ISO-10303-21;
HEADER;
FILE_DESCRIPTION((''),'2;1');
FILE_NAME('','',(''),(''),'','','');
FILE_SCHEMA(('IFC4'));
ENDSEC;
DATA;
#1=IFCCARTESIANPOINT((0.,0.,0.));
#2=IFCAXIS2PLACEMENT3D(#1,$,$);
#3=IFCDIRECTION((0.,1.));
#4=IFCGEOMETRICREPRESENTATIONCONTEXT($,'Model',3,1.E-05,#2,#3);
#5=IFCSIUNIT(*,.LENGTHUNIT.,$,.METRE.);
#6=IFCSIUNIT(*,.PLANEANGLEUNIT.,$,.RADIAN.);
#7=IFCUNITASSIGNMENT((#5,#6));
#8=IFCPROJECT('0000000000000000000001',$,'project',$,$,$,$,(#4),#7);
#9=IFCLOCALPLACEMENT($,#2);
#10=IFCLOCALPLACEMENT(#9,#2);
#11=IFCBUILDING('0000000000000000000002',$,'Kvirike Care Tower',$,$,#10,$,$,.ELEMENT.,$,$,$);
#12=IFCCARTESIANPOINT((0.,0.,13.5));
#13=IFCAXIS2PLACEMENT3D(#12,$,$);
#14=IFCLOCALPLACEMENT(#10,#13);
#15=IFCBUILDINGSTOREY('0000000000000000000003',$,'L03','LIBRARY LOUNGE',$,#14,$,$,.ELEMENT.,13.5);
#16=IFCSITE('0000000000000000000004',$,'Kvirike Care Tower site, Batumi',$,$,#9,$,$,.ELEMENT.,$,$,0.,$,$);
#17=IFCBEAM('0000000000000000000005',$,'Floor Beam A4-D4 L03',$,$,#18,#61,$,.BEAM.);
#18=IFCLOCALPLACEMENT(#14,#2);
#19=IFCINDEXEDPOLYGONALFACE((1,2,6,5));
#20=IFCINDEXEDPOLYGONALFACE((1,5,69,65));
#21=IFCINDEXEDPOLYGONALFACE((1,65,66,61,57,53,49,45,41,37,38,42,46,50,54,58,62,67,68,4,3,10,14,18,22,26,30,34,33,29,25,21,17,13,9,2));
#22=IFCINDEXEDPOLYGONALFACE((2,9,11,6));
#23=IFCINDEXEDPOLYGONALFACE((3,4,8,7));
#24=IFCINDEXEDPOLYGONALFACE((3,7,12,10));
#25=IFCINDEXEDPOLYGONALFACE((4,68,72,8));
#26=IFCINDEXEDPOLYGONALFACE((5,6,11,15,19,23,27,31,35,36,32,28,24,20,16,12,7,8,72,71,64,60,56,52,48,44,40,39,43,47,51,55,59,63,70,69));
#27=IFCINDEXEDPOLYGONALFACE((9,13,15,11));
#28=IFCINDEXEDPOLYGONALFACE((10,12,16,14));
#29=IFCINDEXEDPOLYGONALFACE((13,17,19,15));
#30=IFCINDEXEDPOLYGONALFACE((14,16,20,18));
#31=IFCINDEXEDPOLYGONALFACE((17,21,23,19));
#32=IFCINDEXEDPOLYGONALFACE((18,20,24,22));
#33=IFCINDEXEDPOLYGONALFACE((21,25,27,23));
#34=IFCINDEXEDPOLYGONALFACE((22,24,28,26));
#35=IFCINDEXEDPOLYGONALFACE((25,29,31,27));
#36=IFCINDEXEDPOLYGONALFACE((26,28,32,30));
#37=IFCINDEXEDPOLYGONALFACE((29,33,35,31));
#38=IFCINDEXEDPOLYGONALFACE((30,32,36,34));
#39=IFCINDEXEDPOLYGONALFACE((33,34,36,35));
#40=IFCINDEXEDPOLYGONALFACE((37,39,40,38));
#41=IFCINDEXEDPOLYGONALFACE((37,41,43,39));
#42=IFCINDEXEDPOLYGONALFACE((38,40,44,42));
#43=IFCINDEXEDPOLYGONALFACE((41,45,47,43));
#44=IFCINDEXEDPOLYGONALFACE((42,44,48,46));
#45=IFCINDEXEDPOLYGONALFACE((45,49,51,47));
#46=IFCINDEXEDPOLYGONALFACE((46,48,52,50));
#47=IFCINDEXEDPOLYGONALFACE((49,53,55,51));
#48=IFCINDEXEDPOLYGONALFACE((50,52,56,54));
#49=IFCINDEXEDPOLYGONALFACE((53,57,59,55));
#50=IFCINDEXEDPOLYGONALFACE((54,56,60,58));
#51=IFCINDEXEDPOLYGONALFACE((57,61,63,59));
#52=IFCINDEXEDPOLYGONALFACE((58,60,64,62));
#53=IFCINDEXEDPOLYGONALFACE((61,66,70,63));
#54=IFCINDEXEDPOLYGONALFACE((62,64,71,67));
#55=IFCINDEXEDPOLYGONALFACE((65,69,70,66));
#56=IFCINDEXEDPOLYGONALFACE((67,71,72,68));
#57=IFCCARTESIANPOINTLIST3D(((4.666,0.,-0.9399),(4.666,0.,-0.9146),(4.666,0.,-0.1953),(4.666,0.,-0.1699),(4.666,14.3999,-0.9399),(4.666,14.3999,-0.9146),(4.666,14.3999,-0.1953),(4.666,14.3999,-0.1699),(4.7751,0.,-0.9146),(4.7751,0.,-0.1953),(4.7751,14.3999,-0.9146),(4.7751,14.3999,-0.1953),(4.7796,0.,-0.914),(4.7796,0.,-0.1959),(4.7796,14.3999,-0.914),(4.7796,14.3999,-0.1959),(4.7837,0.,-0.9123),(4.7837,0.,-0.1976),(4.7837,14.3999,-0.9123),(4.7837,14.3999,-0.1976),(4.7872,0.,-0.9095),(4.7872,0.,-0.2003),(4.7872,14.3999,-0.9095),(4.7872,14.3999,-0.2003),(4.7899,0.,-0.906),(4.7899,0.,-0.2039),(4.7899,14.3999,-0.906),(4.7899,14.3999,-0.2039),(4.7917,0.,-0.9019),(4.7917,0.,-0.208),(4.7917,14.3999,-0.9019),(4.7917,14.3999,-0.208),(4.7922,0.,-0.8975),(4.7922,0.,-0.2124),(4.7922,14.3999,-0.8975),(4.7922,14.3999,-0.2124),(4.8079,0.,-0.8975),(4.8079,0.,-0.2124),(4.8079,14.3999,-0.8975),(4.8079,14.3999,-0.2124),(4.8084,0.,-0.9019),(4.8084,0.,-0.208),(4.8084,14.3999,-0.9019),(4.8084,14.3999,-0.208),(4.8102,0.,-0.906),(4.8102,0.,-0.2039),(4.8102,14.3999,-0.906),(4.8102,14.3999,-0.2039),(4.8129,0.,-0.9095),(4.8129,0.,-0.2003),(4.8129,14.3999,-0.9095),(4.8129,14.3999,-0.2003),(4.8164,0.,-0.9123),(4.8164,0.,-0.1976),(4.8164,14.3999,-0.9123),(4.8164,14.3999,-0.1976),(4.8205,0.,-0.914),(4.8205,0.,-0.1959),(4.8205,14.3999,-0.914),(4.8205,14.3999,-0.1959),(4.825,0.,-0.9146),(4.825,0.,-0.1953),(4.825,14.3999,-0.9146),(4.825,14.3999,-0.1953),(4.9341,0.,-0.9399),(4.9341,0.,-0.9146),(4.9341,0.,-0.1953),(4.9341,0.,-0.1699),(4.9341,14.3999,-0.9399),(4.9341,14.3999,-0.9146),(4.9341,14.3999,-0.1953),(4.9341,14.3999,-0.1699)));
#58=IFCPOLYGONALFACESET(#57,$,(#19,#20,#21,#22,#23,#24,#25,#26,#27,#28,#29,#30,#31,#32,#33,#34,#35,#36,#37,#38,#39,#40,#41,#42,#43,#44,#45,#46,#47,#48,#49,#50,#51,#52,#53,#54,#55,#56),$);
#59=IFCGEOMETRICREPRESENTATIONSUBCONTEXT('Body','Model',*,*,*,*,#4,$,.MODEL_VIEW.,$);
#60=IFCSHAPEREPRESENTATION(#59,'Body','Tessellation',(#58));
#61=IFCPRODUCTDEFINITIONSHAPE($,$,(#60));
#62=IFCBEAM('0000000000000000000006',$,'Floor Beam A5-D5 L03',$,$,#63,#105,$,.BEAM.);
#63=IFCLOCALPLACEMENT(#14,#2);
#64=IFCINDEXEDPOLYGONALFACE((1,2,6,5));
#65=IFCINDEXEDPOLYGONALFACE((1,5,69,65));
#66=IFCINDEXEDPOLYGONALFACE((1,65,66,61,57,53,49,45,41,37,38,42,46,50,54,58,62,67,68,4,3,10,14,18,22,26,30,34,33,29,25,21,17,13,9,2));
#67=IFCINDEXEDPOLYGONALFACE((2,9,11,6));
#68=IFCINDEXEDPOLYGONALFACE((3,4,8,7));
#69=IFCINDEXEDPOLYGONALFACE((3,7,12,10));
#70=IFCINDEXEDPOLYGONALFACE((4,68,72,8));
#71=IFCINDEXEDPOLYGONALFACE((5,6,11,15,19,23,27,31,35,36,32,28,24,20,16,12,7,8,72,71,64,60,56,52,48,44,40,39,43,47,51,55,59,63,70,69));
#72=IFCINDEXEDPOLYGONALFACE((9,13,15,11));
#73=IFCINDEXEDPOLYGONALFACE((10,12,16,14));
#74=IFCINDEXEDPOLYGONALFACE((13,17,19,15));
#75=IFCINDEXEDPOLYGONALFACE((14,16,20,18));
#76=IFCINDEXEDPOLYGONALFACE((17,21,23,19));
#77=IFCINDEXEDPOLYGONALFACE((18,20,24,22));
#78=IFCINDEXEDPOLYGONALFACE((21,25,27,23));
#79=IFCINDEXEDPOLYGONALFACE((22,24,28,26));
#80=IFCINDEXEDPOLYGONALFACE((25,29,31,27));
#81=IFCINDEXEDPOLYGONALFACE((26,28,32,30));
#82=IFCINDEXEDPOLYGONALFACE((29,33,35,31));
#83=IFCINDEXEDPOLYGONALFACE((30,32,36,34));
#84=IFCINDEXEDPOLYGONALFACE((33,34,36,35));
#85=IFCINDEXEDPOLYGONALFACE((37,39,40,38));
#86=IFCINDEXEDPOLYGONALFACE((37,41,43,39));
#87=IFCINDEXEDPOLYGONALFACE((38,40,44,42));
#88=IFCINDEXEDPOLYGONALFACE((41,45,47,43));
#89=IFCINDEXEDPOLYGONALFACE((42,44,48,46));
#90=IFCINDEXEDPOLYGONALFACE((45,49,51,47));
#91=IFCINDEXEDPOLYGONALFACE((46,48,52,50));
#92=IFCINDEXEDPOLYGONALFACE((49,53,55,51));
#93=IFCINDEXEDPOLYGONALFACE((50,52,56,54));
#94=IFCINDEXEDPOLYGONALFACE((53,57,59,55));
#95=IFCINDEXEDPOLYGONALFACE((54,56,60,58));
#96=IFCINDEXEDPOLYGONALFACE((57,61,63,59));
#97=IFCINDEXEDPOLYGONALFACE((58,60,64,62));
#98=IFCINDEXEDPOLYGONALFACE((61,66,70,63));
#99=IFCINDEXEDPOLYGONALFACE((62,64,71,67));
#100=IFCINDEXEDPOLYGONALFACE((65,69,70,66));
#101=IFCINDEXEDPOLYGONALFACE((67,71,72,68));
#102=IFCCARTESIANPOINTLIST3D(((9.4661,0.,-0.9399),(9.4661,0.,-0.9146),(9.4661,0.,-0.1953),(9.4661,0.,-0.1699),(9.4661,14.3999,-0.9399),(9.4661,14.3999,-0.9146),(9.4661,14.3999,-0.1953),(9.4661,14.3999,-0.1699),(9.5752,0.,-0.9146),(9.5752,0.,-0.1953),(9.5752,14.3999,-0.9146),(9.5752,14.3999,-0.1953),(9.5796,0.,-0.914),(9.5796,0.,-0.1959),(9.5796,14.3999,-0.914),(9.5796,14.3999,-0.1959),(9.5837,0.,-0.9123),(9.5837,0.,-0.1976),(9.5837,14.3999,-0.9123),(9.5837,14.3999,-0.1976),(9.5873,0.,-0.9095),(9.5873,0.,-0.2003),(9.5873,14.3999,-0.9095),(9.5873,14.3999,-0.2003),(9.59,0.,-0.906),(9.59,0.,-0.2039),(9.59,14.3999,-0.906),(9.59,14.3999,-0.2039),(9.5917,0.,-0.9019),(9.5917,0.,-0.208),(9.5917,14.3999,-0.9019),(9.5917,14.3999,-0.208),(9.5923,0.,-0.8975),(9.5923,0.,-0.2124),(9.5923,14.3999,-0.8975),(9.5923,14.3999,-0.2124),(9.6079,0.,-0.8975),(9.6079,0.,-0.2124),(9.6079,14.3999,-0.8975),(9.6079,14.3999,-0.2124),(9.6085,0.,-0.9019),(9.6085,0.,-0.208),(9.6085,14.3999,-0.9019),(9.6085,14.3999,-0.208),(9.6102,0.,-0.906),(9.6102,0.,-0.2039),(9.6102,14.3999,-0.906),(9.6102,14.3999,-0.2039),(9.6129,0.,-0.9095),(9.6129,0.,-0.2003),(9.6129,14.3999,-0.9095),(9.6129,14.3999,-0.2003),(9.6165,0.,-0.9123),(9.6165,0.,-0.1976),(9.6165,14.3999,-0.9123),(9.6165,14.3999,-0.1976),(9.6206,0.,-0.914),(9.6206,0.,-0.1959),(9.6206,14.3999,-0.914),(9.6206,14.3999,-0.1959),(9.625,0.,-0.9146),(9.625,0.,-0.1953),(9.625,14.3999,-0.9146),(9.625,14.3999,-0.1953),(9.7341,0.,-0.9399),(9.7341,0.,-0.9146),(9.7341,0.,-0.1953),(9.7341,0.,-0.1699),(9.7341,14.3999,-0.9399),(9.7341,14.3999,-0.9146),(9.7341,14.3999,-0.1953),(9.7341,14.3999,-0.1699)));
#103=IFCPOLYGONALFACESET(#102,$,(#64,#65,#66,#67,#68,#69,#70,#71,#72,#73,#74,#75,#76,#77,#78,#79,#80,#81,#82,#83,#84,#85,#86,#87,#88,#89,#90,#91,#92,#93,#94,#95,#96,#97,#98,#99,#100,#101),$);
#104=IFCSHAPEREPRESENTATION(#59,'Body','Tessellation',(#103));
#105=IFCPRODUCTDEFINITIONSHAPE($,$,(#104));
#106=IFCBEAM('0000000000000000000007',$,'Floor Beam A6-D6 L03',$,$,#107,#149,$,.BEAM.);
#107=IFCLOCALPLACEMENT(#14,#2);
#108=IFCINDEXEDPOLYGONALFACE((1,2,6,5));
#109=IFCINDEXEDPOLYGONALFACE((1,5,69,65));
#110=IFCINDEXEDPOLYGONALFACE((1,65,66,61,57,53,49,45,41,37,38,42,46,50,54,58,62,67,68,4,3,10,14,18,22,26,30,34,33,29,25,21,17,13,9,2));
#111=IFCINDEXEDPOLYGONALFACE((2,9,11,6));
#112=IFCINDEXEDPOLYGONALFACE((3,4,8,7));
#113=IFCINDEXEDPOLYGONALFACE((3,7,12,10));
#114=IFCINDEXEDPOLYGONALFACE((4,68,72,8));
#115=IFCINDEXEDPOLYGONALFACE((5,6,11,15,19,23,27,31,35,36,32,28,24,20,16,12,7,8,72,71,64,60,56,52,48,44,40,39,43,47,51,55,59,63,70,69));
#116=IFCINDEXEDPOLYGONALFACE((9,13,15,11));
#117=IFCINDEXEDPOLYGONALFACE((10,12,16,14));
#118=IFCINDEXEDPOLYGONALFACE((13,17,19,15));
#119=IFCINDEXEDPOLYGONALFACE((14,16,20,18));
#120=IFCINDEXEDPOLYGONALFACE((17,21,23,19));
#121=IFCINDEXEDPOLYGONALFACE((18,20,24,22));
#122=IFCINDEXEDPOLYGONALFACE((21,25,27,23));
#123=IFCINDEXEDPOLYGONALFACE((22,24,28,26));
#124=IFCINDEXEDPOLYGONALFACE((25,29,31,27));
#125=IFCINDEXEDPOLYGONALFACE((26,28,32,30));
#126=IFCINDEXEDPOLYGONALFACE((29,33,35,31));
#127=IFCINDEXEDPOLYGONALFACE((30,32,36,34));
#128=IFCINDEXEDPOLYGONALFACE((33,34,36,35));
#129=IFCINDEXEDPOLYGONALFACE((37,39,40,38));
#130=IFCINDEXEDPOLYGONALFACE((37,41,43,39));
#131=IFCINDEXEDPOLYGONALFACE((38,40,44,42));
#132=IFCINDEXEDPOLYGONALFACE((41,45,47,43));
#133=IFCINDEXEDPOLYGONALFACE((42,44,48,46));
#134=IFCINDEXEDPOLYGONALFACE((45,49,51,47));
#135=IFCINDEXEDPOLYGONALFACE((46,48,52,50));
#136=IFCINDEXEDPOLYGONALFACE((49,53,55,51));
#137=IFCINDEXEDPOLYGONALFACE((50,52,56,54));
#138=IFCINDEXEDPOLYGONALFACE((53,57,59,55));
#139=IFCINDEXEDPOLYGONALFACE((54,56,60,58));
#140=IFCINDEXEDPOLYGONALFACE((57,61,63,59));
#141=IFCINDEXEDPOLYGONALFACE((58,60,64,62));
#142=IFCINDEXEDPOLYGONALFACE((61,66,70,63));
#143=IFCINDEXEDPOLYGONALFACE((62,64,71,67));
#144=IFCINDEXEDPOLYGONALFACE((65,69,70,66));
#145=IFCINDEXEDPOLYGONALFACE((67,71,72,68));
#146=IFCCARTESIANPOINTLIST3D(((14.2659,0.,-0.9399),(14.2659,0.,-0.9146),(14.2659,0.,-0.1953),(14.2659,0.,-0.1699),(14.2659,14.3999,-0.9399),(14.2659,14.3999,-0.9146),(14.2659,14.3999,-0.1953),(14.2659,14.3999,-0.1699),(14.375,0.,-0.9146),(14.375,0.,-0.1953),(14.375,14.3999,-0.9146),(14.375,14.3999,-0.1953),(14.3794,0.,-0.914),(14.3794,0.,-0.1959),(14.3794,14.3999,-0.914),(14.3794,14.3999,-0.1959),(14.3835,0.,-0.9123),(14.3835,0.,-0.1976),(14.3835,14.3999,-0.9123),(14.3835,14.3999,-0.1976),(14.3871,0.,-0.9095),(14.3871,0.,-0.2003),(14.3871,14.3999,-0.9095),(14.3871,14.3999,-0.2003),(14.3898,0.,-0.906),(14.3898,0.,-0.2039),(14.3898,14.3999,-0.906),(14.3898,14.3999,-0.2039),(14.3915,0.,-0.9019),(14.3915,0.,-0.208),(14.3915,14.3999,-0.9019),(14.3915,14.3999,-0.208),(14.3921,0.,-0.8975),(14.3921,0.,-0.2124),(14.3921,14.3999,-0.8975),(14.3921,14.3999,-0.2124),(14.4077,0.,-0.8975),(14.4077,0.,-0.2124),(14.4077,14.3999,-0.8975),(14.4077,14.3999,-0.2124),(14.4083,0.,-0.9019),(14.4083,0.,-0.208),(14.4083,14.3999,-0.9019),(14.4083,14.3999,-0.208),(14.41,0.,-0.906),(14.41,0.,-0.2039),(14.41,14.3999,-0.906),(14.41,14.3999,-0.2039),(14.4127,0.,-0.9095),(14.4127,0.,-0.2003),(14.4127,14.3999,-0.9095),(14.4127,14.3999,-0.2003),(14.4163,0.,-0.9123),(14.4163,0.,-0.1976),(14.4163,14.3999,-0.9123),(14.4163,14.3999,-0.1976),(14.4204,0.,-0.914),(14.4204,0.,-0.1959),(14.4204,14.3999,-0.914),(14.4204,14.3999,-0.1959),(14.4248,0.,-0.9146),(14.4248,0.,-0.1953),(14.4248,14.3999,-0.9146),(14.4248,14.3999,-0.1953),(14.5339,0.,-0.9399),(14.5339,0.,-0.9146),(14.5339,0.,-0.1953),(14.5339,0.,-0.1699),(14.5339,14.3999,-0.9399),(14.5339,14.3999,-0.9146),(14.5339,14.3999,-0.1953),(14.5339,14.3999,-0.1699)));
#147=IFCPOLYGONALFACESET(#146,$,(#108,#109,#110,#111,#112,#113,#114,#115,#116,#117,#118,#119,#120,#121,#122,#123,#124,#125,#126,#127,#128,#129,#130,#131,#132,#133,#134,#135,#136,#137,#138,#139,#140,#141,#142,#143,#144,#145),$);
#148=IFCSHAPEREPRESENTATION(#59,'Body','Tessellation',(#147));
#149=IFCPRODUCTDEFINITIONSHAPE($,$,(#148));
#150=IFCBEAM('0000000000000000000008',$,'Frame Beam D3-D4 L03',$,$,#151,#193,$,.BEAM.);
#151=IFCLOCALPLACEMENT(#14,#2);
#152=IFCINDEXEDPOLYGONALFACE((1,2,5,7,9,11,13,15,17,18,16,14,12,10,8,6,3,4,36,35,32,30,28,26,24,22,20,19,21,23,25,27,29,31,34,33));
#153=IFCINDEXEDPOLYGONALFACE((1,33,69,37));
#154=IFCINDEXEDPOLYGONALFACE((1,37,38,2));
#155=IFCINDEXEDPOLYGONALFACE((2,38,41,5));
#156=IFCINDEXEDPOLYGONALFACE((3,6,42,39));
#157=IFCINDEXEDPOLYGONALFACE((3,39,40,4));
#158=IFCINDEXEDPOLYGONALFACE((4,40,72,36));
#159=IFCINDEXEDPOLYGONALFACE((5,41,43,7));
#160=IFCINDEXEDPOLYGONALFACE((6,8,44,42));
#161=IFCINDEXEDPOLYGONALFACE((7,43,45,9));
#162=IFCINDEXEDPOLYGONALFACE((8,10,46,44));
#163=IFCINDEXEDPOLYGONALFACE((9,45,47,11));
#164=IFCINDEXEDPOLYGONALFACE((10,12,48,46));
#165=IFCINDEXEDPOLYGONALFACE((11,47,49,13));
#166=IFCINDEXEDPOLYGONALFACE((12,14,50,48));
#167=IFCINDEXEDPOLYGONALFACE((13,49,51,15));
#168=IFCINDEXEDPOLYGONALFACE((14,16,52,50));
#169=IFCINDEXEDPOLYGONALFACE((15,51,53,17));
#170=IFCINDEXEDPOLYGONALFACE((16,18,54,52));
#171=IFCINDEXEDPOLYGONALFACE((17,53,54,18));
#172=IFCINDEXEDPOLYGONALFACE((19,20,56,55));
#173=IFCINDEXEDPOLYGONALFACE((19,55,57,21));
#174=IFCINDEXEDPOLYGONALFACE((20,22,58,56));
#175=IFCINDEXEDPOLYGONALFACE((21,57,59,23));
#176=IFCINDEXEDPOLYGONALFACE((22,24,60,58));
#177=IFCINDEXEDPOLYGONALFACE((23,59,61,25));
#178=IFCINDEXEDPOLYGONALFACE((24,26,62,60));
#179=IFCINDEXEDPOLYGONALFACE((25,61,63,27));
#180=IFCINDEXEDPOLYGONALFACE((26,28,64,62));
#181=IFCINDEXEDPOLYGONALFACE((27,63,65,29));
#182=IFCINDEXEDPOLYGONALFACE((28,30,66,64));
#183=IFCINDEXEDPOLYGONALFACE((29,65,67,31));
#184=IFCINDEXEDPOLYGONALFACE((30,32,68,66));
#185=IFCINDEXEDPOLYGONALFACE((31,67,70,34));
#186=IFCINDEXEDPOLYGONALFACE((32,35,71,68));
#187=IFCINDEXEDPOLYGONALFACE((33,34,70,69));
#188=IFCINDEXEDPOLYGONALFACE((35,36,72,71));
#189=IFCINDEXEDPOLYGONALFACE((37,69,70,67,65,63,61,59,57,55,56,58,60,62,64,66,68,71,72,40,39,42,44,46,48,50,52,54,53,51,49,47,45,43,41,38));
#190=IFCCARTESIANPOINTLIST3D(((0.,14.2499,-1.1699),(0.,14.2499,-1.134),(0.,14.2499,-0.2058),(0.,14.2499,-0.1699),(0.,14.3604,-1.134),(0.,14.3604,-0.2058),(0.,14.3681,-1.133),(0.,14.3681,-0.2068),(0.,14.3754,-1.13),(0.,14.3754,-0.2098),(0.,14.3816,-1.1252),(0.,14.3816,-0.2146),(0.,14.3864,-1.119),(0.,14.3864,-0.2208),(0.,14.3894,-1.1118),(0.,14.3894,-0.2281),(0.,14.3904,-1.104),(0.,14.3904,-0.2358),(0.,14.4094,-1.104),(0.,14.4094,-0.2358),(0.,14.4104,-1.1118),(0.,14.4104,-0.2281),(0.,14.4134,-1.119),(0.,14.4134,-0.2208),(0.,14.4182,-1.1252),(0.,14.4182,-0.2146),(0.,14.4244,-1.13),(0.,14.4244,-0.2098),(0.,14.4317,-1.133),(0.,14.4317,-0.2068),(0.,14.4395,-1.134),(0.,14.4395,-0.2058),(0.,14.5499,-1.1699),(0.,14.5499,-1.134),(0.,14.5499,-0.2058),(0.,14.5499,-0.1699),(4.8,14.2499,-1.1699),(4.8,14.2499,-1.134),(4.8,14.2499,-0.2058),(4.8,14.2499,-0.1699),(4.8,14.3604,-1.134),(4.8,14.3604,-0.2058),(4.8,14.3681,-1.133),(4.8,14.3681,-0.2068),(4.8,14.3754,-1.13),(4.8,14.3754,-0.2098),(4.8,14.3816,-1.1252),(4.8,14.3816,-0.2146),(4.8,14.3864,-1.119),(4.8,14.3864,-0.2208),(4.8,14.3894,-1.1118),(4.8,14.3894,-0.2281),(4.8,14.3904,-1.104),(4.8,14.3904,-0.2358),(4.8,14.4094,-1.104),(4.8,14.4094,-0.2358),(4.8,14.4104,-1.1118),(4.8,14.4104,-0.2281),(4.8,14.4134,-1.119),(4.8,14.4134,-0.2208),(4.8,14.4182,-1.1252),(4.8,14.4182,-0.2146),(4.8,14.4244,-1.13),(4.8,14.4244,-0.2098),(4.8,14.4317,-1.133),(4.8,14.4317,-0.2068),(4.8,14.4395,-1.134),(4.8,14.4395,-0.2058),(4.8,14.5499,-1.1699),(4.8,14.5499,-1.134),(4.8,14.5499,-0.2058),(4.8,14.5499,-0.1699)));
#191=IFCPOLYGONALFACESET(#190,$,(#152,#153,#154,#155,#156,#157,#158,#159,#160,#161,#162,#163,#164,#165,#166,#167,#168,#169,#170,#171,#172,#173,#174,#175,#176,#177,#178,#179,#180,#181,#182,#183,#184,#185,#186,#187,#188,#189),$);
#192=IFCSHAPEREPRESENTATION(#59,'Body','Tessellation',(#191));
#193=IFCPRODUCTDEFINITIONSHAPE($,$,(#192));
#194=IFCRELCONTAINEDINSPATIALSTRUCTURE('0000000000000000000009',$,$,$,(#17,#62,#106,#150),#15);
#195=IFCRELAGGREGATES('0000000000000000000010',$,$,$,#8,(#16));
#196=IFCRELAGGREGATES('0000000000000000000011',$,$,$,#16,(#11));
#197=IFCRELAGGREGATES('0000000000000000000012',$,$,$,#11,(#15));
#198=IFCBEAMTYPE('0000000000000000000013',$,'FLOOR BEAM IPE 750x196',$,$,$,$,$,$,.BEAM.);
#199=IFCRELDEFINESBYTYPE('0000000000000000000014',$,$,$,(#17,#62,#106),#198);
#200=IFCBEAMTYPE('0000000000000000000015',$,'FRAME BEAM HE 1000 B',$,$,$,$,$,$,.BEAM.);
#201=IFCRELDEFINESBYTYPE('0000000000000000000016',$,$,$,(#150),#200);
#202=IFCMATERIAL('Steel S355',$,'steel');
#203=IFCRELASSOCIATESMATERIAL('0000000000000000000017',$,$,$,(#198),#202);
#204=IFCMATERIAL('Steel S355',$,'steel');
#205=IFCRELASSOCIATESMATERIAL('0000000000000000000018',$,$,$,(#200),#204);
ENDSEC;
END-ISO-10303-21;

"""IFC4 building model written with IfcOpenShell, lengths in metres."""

from ifc_helpers import new_model, si_unit, direction, frame, origin, origin_2d, place, context, subcontext, project, spatial, i_section, extrude, material, material_profile, profile_set, type_object, element, save


model = new_model("IFC4")

# Units and contexts
model_context = context("Model", 3, precision=1e-05, world=origin(), true_north=direction((0.0, 1.0)))
body_context = subcontext(model_context, "Body", "Model", "MODEL_VIEW")
ifc_project = project(units=[si_unit("LENGTHUNIT", "METRE"), si_unit("PLANEANGLEUNIT", "RADIAN")], contexts=[model_context])

# Site, building, storey
site_placement = place(None, origin())
site = spatial("IfcSite", under=ifc_project, at=site_placement, Name="Kvirike Care Tower site, Batumi", CompositionType="ELEMENT", RefElevation=0.0)
building_placement = place(site_placement, origin())
building = spatial("IfcBuilding", under=site, at=building_placement, Name="Kvirike Care Tower", CompositionType="ELEMENT")
storey_placement = place(building_placement, frame((0.0, 0.0, 13.5)))
storey = spatial("IfcBuildingStorey", under=building, at=storey_placement, Name="L03", Description="LIBRARY LOUNGE", CompositionType="ELEMENT", Elevation=13.5)

# Beams
ifc_material_1 = material(Name="Steel S355", Category="steel")
ifc_material_profile_1 = material_profile(ifc_material_1, i_section(OverallWidth=0.2681, OverallDepth=0.77, WebThickness=0.0156, FlangeThickness=0.0254, FilletRadius=0.0171, at=origin_2d()), Name="IPE 750x196")
ifc_profile_set_1 = profile_set([ifc_material_profile_1], Name="Steel S355")
beam_type_1 = type_object("IfcBeamType", Name="FLOOR BEAM IPE 750x196", PredefinedType="BEAM", material=ifc_profile_set_1)
for number, where, z_axis, x_axis, name in (
    (1, (4.8, 0.0, -0.5549), (0.0, 1.0, 0.0), (-1.0, 0.0, 0.0), "Floor Beam A4-D4 L03"),
    (2, (9.6001, 0.0, -0.5549), (0.0, 1.0, 0.0), (-1.0, 0.0, 0.0), "Floor Beam A5-D5 L03"),
    (3, (14.3999, 0.0, -0.5549), (0.0, 1.0, 0.0), (-1.0, 0.0, 0.0), "Floor Beam A6-D6 L03"),
):
    element("IfcBeam", number, at=place(storey_placement, frame(where, z_axis=z_axis, x_axis=x_axis)), inside=storey, type_object=beam_type_1, Name=name, PredefinedType="BEAM", context=body_context, shape_type="SweptSolid", body=[
        extrude(i_section(OverallWidth=0.2681, OverallDepth=0.77, WebThickness=0.0156, FlangeThickness=0.0254, FilletRadius=0.0171, at=origin_2d()), origin(), (0.0, 0.0, 1.0), 14.3999),
    ])
ifc_material_2 = material(Name="Steel S355", Category="steel")
ifc_material_profile_2 = material_profile(ifc_material_2, i_section(OverallWidth=0.3, OverallDepth=1.0, WebThickness=0.019, FlangeThickness=0.0359, FilletRadius=0.03, at=origin_2d()), Name="HE 1000 B")
ifc_profile_set_2 = profile_set([ifc_material_profile_2], Name="Steel S355")
beam_type_2 = type_object("IfcBeamType", Name="FRAME BEAM HE 1000 B", PredefinedType="BEAM", material=ifc_profile_set_2)
for number, where, z_axis, x_axis, name in (
    (4, (0.0, 14.3999, -0.6699), (1.0, 0.0, 0.0), (0.0, 1.0, 0.0), "Frame Beam D3-D4 L03"),
):
    element("IfcBeam", number, at=place(storey_placement, frame(where, z_axis=z_axis, x_axis=x_axis)), inside=storey, type_object=beam_type_2, Name=name, PredefinedType="BEAM", context=body_context, shape_type="SweptSolid", body=[
        extrude(i_section(OverallWidth=0.3, OverallDepth=1.0, WebThickness=0.019, FlangeThickness=0.0359, FilletRadius=0.03, at=origin_2d()), origin(), (0.0, 0.0, 1.0), 4.8),
    ])

save(model, "model.ifc")
